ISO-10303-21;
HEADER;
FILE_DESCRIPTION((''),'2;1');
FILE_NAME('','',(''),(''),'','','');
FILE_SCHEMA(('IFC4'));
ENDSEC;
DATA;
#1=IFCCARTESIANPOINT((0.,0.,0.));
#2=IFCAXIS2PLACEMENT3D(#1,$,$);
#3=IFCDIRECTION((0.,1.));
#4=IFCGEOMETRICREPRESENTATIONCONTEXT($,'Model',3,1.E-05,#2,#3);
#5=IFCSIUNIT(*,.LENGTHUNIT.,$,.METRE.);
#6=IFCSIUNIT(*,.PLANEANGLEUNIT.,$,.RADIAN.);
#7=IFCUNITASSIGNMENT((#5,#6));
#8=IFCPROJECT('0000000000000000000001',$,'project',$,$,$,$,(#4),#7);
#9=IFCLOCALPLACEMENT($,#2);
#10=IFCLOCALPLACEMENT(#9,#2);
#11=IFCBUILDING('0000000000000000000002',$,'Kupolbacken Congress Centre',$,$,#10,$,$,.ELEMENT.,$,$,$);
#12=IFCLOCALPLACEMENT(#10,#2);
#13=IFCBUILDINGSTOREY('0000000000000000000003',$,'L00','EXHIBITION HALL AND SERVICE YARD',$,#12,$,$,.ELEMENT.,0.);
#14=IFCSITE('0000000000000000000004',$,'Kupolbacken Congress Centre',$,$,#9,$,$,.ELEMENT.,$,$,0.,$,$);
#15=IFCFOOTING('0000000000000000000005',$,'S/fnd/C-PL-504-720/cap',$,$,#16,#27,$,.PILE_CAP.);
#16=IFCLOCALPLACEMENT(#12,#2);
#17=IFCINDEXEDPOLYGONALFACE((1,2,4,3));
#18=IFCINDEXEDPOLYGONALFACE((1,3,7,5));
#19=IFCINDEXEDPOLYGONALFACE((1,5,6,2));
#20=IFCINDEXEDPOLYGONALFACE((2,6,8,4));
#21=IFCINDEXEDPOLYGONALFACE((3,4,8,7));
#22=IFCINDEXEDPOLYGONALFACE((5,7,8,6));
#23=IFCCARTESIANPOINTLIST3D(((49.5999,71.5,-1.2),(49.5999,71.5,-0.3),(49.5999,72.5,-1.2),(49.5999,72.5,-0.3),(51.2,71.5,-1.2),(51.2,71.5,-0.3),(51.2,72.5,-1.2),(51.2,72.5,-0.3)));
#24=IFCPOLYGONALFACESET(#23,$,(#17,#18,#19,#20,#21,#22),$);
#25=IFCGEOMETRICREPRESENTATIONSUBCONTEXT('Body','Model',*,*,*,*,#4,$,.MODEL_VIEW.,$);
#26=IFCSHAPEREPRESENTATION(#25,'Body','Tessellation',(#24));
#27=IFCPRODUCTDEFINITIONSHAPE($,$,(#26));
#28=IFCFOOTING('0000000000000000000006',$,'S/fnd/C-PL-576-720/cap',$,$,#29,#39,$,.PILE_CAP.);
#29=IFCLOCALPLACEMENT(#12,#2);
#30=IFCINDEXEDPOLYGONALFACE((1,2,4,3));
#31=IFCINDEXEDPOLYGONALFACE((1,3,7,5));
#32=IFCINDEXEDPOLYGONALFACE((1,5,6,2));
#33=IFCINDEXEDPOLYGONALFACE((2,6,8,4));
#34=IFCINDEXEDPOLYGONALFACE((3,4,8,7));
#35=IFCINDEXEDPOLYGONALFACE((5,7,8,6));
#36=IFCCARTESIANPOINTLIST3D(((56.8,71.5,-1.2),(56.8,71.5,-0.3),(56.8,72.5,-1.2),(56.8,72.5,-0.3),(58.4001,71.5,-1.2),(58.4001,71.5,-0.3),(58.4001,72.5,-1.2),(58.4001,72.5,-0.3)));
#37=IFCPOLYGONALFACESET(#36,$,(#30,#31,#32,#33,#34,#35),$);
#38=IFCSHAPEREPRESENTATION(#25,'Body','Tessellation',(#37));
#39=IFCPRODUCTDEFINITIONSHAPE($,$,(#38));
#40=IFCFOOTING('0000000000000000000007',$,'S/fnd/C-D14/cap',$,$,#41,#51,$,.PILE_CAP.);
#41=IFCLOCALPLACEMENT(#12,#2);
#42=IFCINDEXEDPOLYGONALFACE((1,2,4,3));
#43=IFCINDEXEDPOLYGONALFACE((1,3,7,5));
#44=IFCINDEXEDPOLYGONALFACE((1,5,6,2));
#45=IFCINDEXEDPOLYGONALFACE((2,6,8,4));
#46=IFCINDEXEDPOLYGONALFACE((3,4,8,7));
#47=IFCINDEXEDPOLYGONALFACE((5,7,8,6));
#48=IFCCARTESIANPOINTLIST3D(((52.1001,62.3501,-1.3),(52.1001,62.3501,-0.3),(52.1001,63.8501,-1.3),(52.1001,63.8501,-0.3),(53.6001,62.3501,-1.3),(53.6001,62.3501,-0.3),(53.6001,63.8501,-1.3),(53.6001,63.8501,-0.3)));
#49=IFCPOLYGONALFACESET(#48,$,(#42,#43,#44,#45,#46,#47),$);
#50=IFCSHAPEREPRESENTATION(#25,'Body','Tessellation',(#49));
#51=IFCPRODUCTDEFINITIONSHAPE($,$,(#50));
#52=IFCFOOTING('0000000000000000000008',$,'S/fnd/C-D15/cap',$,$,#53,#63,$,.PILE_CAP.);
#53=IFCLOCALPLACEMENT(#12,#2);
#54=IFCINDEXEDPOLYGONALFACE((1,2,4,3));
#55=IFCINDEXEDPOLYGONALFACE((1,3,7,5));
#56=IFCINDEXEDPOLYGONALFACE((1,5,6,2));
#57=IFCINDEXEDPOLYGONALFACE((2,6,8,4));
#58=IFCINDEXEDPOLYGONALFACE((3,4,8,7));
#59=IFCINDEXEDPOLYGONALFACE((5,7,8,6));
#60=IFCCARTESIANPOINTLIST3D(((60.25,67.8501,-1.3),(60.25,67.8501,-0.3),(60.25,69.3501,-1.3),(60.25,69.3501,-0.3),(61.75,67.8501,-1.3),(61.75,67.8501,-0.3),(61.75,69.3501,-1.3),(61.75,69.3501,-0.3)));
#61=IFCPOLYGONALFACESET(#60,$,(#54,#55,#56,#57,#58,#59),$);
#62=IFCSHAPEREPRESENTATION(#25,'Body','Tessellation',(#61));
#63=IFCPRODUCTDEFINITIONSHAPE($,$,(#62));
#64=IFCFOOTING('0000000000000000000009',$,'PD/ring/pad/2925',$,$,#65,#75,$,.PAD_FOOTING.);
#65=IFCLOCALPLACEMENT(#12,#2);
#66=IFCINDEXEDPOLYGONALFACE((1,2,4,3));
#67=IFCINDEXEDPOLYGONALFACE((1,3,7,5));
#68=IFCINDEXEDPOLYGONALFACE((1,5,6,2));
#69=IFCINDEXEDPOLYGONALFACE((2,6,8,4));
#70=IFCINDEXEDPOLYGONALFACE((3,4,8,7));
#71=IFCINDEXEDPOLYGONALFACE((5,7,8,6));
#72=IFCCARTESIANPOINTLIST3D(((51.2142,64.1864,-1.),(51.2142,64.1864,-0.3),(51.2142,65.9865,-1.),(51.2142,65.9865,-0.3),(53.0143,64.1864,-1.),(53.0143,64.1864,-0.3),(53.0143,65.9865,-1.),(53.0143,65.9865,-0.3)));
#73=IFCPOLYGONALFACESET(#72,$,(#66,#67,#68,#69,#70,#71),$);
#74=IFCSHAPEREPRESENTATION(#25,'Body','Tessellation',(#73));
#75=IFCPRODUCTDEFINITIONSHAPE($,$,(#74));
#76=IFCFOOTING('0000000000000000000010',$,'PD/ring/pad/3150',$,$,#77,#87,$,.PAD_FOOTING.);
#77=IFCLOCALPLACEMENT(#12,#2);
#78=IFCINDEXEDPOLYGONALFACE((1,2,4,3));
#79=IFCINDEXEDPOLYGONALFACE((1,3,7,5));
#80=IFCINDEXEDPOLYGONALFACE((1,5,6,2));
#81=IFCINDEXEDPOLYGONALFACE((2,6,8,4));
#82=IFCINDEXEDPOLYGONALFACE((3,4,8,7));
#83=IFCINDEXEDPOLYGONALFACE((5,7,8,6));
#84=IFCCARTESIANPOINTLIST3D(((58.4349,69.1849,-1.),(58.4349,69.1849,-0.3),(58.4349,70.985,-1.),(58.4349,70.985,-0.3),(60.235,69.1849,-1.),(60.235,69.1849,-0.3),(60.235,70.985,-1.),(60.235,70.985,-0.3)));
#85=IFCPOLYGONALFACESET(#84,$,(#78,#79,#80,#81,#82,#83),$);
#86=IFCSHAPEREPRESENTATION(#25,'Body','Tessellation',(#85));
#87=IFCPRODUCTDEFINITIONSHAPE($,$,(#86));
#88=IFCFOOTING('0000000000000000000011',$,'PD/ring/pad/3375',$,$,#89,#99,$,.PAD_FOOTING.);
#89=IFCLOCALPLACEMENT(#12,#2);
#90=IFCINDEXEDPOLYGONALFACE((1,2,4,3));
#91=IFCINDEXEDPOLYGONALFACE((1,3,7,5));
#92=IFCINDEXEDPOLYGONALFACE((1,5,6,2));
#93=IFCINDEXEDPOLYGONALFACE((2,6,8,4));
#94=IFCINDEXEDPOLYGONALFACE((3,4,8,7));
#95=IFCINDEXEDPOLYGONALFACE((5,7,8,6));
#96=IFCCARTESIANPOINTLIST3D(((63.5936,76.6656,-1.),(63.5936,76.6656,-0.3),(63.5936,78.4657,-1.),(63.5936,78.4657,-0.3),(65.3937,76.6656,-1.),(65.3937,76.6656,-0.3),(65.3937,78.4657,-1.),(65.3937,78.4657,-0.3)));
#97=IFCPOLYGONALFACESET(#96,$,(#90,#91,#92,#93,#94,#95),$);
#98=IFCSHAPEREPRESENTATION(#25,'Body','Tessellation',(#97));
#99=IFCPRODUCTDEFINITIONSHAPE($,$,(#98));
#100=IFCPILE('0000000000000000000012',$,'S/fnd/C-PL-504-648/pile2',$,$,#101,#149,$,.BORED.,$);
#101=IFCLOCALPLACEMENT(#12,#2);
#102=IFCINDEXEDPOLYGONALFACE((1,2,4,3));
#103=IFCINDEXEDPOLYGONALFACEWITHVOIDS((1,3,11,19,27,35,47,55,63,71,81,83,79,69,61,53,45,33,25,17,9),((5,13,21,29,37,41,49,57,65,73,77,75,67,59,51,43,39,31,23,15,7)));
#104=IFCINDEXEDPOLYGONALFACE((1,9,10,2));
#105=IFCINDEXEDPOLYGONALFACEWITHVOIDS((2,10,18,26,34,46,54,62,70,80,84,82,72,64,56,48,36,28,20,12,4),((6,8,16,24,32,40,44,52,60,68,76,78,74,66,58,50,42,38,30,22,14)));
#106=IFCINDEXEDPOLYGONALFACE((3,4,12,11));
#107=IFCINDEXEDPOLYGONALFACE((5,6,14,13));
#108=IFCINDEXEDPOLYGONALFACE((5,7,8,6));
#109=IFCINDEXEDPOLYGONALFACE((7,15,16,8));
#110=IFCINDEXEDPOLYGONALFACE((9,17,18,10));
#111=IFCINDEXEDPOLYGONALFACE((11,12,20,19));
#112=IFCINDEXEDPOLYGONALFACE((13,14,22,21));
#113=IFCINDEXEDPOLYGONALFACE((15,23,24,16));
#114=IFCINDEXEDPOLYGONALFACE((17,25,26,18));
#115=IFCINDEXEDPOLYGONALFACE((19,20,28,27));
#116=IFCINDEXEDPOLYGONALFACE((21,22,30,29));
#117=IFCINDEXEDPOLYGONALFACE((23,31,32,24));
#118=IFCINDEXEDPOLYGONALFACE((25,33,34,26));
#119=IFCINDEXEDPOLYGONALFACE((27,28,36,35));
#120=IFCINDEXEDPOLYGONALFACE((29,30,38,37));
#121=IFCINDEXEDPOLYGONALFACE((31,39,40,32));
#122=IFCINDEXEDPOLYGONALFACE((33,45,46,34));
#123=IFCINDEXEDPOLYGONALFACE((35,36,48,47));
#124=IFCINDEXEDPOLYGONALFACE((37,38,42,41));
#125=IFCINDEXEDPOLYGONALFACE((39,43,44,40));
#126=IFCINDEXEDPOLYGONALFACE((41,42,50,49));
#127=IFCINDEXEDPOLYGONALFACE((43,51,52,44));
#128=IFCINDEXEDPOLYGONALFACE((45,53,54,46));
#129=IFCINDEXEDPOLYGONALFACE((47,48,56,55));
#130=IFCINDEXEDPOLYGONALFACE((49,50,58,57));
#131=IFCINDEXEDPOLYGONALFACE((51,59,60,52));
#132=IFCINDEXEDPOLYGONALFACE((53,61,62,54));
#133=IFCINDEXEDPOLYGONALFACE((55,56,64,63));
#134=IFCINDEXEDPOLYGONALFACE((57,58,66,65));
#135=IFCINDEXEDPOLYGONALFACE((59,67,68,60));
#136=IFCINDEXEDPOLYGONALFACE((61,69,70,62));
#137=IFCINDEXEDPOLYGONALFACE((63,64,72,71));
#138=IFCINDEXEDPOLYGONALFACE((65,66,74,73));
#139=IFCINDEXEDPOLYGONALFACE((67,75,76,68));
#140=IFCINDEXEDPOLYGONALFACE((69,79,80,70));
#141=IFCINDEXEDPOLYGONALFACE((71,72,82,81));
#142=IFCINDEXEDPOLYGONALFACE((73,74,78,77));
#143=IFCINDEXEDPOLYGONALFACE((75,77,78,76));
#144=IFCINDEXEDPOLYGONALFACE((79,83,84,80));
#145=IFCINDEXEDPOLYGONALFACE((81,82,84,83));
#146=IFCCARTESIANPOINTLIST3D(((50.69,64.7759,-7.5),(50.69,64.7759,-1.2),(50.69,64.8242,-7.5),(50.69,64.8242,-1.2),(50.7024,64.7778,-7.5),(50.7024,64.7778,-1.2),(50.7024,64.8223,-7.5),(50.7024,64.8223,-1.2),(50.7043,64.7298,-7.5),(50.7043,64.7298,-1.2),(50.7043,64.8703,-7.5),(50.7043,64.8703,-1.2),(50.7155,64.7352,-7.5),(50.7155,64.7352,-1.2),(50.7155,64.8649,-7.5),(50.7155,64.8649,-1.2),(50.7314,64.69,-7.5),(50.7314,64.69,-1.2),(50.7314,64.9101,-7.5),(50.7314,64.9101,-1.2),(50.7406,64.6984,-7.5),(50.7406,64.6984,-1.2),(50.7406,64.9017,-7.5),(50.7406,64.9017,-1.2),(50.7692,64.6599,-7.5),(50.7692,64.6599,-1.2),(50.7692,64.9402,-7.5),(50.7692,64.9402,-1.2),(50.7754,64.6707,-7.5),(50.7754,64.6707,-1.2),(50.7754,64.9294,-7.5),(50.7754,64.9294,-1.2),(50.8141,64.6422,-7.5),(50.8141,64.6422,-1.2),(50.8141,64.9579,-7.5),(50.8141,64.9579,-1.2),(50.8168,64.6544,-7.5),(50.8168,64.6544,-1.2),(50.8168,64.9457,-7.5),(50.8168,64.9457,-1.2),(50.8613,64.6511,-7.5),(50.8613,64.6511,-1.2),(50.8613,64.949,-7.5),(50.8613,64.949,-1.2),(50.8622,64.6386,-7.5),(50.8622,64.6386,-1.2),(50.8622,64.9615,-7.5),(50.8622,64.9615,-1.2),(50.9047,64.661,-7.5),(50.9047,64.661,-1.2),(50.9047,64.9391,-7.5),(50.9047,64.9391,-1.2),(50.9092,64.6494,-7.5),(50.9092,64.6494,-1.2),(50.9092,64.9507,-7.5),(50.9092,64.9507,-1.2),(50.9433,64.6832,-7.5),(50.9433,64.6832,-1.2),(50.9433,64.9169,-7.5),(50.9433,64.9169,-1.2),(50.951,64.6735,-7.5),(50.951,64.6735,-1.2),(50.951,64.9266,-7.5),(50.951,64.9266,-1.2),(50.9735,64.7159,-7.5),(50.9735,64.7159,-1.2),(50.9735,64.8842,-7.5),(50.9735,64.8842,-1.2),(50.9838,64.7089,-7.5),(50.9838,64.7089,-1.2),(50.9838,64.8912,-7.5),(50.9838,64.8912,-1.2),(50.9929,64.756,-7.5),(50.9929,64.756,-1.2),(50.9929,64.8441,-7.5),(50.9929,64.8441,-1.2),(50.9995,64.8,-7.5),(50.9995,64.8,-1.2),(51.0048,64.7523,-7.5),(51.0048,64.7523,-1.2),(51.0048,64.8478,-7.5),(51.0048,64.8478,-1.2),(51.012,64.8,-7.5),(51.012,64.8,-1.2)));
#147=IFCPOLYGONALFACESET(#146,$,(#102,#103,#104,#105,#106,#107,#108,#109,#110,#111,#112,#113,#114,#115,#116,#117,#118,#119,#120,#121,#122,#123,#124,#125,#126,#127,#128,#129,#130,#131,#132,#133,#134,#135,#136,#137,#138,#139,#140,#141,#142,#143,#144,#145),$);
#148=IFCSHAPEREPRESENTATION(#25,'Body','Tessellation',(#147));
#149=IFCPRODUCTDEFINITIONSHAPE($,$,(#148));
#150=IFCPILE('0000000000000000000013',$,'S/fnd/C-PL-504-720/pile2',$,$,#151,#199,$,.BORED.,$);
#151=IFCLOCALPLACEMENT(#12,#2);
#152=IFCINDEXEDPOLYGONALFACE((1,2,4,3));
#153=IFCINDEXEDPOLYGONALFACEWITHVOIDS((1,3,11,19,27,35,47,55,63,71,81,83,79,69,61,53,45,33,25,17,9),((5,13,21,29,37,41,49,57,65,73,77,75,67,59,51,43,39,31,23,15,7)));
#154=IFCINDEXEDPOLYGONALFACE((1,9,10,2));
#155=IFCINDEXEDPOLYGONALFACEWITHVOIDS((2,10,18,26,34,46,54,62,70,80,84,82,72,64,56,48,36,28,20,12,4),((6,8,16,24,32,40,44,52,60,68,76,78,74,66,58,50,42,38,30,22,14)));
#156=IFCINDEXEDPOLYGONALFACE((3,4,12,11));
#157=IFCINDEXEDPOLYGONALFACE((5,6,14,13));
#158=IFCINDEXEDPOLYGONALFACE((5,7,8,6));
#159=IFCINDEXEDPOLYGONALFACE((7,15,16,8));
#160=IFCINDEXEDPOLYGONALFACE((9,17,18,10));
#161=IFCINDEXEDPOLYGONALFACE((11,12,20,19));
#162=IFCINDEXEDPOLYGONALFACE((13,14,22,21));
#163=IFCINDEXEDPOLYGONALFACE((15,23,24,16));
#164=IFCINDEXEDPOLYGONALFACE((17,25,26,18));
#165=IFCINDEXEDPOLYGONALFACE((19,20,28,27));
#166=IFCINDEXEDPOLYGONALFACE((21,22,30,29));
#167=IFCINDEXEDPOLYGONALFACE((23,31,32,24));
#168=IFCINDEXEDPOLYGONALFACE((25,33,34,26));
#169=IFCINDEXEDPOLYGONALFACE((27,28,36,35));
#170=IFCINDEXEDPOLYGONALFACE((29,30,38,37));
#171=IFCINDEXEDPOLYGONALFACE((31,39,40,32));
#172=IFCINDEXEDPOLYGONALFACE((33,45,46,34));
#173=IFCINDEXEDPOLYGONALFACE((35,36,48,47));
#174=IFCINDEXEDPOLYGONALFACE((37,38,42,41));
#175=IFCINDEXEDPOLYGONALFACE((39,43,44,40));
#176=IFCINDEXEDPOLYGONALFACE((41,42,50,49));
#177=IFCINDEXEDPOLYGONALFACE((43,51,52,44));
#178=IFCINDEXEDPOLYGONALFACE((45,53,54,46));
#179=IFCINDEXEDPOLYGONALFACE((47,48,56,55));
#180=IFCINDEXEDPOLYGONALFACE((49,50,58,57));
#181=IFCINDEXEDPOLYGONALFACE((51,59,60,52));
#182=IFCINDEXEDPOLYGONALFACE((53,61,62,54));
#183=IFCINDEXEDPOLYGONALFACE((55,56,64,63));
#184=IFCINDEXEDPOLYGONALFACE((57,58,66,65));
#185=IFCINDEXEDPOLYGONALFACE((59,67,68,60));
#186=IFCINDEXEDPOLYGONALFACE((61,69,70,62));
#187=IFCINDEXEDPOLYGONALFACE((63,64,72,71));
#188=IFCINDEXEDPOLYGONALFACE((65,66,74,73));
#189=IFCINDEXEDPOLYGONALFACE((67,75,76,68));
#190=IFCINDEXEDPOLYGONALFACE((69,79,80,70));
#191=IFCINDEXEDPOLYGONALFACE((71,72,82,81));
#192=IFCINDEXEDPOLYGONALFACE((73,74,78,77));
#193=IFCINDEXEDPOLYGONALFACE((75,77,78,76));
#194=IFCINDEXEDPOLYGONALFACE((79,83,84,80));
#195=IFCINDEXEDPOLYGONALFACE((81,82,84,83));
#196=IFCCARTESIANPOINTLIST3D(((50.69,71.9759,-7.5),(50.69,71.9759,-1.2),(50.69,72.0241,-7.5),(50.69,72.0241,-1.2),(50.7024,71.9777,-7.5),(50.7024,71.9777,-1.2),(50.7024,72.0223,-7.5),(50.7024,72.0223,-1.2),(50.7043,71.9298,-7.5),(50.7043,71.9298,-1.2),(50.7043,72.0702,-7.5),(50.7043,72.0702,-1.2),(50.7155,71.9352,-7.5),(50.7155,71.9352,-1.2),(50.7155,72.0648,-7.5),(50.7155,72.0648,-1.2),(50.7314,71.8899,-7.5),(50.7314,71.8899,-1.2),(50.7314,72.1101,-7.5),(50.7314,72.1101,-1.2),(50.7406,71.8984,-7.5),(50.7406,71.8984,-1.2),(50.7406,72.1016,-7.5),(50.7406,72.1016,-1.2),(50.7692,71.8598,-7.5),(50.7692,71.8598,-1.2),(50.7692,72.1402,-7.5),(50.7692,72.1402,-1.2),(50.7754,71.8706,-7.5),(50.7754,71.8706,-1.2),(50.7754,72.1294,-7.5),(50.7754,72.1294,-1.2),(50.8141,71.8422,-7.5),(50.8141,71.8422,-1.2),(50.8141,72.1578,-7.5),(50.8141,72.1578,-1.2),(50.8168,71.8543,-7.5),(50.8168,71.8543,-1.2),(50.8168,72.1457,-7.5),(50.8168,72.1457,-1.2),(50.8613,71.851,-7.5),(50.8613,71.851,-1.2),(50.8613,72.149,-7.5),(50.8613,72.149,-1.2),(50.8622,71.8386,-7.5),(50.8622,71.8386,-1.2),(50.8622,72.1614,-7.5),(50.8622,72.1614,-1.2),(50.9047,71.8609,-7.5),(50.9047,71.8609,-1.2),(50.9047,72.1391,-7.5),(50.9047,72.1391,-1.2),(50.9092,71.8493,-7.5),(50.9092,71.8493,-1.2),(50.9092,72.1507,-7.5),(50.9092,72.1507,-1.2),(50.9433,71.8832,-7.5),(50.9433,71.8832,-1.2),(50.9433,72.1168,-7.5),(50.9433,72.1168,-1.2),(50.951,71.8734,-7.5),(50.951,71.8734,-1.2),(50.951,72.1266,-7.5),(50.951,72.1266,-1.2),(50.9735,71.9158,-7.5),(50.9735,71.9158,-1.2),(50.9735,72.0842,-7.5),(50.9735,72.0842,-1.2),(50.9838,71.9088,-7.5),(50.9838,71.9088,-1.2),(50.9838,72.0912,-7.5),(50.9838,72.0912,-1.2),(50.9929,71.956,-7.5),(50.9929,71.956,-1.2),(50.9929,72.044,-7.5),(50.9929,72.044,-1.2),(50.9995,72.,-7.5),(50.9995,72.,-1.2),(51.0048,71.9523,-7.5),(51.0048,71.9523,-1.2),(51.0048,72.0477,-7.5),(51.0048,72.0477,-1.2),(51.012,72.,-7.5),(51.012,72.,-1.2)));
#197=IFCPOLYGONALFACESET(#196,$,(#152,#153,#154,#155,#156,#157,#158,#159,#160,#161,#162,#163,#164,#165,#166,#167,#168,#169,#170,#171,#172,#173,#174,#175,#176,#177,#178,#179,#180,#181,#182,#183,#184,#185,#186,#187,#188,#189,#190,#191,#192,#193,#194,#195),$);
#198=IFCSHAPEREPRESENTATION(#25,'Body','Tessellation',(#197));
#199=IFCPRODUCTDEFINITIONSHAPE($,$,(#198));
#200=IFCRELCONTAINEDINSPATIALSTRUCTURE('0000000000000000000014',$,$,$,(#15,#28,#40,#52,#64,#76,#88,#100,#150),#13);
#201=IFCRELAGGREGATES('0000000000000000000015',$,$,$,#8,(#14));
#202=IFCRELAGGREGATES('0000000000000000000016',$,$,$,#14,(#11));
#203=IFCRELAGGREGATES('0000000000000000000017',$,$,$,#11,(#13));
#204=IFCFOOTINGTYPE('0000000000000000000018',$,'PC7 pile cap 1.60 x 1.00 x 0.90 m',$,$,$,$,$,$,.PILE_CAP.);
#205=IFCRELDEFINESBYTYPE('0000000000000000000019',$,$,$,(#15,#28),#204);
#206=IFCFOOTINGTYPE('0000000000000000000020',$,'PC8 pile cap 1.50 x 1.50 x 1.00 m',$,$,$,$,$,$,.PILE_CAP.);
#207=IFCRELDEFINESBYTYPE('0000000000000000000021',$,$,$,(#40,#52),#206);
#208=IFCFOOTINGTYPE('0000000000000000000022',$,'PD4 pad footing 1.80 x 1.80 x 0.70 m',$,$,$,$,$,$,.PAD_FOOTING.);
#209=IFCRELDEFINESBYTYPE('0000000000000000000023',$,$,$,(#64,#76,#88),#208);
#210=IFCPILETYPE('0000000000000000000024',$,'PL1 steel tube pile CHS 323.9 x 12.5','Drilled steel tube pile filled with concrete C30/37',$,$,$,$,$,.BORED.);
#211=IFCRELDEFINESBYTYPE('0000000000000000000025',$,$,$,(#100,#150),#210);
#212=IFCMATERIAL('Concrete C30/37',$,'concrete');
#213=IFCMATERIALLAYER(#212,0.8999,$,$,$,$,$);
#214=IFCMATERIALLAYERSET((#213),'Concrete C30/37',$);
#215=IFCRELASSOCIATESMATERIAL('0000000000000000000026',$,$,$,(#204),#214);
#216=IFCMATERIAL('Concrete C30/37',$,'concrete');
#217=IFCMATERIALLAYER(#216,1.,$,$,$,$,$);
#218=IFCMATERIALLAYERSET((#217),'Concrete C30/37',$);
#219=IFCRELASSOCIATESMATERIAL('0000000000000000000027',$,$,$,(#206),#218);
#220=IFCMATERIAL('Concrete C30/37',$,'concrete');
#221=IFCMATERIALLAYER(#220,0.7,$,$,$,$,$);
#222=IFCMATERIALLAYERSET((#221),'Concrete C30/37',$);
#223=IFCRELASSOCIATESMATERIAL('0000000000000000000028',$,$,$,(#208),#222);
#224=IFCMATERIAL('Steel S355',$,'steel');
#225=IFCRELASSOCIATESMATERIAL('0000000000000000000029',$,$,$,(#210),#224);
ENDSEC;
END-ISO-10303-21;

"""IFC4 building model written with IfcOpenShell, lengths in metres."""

from ifc_helpers import new_model, si_unit, direction, frame, origin, origin_2d, place, context, subcontext, project, spatial, rectangle, hollow_circle, extrude, material, layer, layer_set, material_profile, profile_set, type_object, element, save


model = new_model("IFC4")

# Units and contexts
model_context = context("Model", 3, precision=1e-05, world=origin(), true_north=direction((0.0, 1.0)))
body_context = subcontext(model_context, "Body", "Model", "MODEL_VIEW")
ifc_project = project(units=[si_unit("LENGTHUNIT", "METRE"), si_unit("PLANEANGLEUNIT", "RADIAN")], contexts=[model_context])

# Site, building, storey
site_placement = place(None, origin())
site = spatial("IfcSite", under=ifc_project, at=site_placement, Name="Kupolbacken Congress Centre", CompositionType="ELEMENT", RefElevation=0.0)
building_placement = place(site_placement, origin())
building = spatial("IfcBuilding", under=site, at=building_placement, Name="Kupolbacken Congress Centre", CompositionType="ELEMENT")
storey_placement = place(building_placement, origin())
storey = spatial("IfcBuildingStorey", under=building, at=storey_placement, Name="L00", Description="EXHIBITION HALL AND SERVICE YARD", CompositionType="ELEMENT", Elevation=0.0)

# Footings
ifc_material_1 = material(Name="Concrete C30/37", Category="concrete")
ifc_layer_1 = layer(ifc_material_1, 0.8999)
ifc_layer_set_1 = layer_set([ifc_layer_1], Name="Concrete C30/37")
footing_type_1 = type_object("IfcFootingType", Name="PC7 pile cap 1.60 x 1.00 x 0.90 m", PredefinedType="PILE_CAP", material=ifc_layer_set_1)
for number, where, z_axis, x_axis, name in (
    (1, (50.3999, 72.0, -1.2), (0.0, 0.0, 1.0), (1.0, 0.0, 0.0), "S/fnd/C-PL-504-720/cap"),
    (2, (57.6001, 72.0, -1.2), (0.0, 0.0, 1.0), (1.0, 0.0, 0.0), "S/fnd/C-PL-576-720/cap"),
):
    element("IfcFooting", number, at=place(storey_placement, frame(where, z_axis=z_axis, x_axis=x_axis)), inside=storey, type_object=footing_type_1, Name=name, PredefinedType="PILE_CAP", context=body_context, shape_type="SweptSolid", body=[
        extrude(rectangle(XDim=1.6001, YDim=1.0, at=origin_2d()), origin(), (0.0, 0.0, 1.0), 0.8999),
    ])
ifc_material_2 = material(Name="Concrete C30/37", Category="concrete")
ifc_layer_2 = layer(ifc_material_2, 1.0)
ifc_layer_set_2 = layer_set([ifc_layer_2], Name="Concrete C30/37")
footing_type_2 = type_object("IfcFootingType", Name="PC8 pile cap 1.50 x 1.50 x 1.00 m", PredefinedType="PILE_CAP", material=ifc_layer_set_2)
for number, where, z_axis, x_axis, name in (
    (3, (52.8501, 63.1001, -1.3), (0.0, 0.0, 1.0), (1.0, 0.0, 0.0), "S/fnd/C-D14/cap"),
    (4, (61.0, 68.6001, -1.3), (0.0, 0.0, 1.0), (1.0, 0.0, 0.0), "S/fnd/C-D15/cap"),
):
    element("IfcFooting", number, at=place(storey_placement, frame(where, z_axis=z_axis, x_axis=x_axis)), inside=storey, type_object=footing_type_2, Name=name, PredefinedType="PILE_CAP", context=body_context, shape_type="SweptSolid", body=[
        extrude(rectangle(XDim=1.5, YDim=1.5, at=origin_2d()), origin(), (0.0, 0.0, 1.0), 1.0),
    ])
ifc_material_3 = material(Name="Concrete C30/37", Category="concrete")
ifc_layer_3 = layer(ifc_material_3, 0.7)
ifc_layer_set_3 = layer_set([ifc_layer_3], Name="Concrete C30/37")
footing_type_3 = type_object("IfcFootingType", Name="PD4 pad footing 1.80 x 1.80 x 0.70 m", PredefinedType="PAD_FOOTING", material=ifc_layer_set_3)
for number, where, z_axis, x_axis, name in (
    (5, (52.1143, 65.0864, -1.0), (0.0, 0.0, 1.0), (1.0, 0.0, 0.0), "PD/ring/pad/2925"),
    (6, (59.335, 70.085, -1.0), (0.0, 0.0, 1.0), (1.0, 0.0, 0.0), "PD/ring/pad/3150"),
    (7, (64.4937, 77.5657, -1.0), (0.0, 0.0, 1.0), (1.0, 0.0, 0.0), "PD/ring/pad/3375"),
):
    element("IfcFooting", number, at=place(storey_placement, frame(where, z_axis=z_axis, x_axis=x_axis)), inside=storey, type_object=footing_type_3, Name=name, PredefinedType="PAD_FOOTING", context=body_context, shape_type="SweptSolid", body=[
        extrude(rectangle(XDim=1.8, YDim=1.8, at=origin_2d()), origin(), (0.0, 0.0, 1.0), 0.7),
    ])

# Piles
ifc_material_4 = material(Name="Steel S355", Category="steel")
ifc_material_profile_1 = material_profile(ifc_material_4, hollow_circle(Radius=0.1619, WallThickness=0.0125, at=origin_2d()), Name="CHS 323.9 x 12.5")
ifc_profile_set_1 = profile_set([ifc_material_profile_1], Name="Steel S355")
pile_type_1 = type_object("IfcPileType", Name="PL1 steel tube pile CHS 323.9 x 12.5", Description="Drilled steel tube pile filled with concrete C30/37", PredefinedType="BORED", material=ifc_profile_set_1)
for number, where, z_axis, x_axis, name in (
    (8, (50.8501, 64.8, -1.2), (0.0, 0.0, -1.0), (1.0, 0.0, 0.0), "S/fnd/C-PL-504-648/pile2"),
    (9, (50.8501, 72.0, -1.2), (0.0, 0.0, -1.0), (1.0, 0.0, 0.0), "S/fnd/C-PL-504-720/pile2"),
):
    element("IfcPile", number, at=place(storey_placement, frame(where, z_axis=z_axis, x_axis=x_axis)), inside=storey, type_object=pile_type_1, Name=name, PredefinedType="BORED", context=body_context, shape_type="SweptSolid", body=[
        extrude(hollow_circle(Radius=0.1619, WallThickness=0.0125, at=origin_2d()), origin(), (0.0, 0.0, 1.0), 6.3),
    ])

save(model, "model.ifc")
